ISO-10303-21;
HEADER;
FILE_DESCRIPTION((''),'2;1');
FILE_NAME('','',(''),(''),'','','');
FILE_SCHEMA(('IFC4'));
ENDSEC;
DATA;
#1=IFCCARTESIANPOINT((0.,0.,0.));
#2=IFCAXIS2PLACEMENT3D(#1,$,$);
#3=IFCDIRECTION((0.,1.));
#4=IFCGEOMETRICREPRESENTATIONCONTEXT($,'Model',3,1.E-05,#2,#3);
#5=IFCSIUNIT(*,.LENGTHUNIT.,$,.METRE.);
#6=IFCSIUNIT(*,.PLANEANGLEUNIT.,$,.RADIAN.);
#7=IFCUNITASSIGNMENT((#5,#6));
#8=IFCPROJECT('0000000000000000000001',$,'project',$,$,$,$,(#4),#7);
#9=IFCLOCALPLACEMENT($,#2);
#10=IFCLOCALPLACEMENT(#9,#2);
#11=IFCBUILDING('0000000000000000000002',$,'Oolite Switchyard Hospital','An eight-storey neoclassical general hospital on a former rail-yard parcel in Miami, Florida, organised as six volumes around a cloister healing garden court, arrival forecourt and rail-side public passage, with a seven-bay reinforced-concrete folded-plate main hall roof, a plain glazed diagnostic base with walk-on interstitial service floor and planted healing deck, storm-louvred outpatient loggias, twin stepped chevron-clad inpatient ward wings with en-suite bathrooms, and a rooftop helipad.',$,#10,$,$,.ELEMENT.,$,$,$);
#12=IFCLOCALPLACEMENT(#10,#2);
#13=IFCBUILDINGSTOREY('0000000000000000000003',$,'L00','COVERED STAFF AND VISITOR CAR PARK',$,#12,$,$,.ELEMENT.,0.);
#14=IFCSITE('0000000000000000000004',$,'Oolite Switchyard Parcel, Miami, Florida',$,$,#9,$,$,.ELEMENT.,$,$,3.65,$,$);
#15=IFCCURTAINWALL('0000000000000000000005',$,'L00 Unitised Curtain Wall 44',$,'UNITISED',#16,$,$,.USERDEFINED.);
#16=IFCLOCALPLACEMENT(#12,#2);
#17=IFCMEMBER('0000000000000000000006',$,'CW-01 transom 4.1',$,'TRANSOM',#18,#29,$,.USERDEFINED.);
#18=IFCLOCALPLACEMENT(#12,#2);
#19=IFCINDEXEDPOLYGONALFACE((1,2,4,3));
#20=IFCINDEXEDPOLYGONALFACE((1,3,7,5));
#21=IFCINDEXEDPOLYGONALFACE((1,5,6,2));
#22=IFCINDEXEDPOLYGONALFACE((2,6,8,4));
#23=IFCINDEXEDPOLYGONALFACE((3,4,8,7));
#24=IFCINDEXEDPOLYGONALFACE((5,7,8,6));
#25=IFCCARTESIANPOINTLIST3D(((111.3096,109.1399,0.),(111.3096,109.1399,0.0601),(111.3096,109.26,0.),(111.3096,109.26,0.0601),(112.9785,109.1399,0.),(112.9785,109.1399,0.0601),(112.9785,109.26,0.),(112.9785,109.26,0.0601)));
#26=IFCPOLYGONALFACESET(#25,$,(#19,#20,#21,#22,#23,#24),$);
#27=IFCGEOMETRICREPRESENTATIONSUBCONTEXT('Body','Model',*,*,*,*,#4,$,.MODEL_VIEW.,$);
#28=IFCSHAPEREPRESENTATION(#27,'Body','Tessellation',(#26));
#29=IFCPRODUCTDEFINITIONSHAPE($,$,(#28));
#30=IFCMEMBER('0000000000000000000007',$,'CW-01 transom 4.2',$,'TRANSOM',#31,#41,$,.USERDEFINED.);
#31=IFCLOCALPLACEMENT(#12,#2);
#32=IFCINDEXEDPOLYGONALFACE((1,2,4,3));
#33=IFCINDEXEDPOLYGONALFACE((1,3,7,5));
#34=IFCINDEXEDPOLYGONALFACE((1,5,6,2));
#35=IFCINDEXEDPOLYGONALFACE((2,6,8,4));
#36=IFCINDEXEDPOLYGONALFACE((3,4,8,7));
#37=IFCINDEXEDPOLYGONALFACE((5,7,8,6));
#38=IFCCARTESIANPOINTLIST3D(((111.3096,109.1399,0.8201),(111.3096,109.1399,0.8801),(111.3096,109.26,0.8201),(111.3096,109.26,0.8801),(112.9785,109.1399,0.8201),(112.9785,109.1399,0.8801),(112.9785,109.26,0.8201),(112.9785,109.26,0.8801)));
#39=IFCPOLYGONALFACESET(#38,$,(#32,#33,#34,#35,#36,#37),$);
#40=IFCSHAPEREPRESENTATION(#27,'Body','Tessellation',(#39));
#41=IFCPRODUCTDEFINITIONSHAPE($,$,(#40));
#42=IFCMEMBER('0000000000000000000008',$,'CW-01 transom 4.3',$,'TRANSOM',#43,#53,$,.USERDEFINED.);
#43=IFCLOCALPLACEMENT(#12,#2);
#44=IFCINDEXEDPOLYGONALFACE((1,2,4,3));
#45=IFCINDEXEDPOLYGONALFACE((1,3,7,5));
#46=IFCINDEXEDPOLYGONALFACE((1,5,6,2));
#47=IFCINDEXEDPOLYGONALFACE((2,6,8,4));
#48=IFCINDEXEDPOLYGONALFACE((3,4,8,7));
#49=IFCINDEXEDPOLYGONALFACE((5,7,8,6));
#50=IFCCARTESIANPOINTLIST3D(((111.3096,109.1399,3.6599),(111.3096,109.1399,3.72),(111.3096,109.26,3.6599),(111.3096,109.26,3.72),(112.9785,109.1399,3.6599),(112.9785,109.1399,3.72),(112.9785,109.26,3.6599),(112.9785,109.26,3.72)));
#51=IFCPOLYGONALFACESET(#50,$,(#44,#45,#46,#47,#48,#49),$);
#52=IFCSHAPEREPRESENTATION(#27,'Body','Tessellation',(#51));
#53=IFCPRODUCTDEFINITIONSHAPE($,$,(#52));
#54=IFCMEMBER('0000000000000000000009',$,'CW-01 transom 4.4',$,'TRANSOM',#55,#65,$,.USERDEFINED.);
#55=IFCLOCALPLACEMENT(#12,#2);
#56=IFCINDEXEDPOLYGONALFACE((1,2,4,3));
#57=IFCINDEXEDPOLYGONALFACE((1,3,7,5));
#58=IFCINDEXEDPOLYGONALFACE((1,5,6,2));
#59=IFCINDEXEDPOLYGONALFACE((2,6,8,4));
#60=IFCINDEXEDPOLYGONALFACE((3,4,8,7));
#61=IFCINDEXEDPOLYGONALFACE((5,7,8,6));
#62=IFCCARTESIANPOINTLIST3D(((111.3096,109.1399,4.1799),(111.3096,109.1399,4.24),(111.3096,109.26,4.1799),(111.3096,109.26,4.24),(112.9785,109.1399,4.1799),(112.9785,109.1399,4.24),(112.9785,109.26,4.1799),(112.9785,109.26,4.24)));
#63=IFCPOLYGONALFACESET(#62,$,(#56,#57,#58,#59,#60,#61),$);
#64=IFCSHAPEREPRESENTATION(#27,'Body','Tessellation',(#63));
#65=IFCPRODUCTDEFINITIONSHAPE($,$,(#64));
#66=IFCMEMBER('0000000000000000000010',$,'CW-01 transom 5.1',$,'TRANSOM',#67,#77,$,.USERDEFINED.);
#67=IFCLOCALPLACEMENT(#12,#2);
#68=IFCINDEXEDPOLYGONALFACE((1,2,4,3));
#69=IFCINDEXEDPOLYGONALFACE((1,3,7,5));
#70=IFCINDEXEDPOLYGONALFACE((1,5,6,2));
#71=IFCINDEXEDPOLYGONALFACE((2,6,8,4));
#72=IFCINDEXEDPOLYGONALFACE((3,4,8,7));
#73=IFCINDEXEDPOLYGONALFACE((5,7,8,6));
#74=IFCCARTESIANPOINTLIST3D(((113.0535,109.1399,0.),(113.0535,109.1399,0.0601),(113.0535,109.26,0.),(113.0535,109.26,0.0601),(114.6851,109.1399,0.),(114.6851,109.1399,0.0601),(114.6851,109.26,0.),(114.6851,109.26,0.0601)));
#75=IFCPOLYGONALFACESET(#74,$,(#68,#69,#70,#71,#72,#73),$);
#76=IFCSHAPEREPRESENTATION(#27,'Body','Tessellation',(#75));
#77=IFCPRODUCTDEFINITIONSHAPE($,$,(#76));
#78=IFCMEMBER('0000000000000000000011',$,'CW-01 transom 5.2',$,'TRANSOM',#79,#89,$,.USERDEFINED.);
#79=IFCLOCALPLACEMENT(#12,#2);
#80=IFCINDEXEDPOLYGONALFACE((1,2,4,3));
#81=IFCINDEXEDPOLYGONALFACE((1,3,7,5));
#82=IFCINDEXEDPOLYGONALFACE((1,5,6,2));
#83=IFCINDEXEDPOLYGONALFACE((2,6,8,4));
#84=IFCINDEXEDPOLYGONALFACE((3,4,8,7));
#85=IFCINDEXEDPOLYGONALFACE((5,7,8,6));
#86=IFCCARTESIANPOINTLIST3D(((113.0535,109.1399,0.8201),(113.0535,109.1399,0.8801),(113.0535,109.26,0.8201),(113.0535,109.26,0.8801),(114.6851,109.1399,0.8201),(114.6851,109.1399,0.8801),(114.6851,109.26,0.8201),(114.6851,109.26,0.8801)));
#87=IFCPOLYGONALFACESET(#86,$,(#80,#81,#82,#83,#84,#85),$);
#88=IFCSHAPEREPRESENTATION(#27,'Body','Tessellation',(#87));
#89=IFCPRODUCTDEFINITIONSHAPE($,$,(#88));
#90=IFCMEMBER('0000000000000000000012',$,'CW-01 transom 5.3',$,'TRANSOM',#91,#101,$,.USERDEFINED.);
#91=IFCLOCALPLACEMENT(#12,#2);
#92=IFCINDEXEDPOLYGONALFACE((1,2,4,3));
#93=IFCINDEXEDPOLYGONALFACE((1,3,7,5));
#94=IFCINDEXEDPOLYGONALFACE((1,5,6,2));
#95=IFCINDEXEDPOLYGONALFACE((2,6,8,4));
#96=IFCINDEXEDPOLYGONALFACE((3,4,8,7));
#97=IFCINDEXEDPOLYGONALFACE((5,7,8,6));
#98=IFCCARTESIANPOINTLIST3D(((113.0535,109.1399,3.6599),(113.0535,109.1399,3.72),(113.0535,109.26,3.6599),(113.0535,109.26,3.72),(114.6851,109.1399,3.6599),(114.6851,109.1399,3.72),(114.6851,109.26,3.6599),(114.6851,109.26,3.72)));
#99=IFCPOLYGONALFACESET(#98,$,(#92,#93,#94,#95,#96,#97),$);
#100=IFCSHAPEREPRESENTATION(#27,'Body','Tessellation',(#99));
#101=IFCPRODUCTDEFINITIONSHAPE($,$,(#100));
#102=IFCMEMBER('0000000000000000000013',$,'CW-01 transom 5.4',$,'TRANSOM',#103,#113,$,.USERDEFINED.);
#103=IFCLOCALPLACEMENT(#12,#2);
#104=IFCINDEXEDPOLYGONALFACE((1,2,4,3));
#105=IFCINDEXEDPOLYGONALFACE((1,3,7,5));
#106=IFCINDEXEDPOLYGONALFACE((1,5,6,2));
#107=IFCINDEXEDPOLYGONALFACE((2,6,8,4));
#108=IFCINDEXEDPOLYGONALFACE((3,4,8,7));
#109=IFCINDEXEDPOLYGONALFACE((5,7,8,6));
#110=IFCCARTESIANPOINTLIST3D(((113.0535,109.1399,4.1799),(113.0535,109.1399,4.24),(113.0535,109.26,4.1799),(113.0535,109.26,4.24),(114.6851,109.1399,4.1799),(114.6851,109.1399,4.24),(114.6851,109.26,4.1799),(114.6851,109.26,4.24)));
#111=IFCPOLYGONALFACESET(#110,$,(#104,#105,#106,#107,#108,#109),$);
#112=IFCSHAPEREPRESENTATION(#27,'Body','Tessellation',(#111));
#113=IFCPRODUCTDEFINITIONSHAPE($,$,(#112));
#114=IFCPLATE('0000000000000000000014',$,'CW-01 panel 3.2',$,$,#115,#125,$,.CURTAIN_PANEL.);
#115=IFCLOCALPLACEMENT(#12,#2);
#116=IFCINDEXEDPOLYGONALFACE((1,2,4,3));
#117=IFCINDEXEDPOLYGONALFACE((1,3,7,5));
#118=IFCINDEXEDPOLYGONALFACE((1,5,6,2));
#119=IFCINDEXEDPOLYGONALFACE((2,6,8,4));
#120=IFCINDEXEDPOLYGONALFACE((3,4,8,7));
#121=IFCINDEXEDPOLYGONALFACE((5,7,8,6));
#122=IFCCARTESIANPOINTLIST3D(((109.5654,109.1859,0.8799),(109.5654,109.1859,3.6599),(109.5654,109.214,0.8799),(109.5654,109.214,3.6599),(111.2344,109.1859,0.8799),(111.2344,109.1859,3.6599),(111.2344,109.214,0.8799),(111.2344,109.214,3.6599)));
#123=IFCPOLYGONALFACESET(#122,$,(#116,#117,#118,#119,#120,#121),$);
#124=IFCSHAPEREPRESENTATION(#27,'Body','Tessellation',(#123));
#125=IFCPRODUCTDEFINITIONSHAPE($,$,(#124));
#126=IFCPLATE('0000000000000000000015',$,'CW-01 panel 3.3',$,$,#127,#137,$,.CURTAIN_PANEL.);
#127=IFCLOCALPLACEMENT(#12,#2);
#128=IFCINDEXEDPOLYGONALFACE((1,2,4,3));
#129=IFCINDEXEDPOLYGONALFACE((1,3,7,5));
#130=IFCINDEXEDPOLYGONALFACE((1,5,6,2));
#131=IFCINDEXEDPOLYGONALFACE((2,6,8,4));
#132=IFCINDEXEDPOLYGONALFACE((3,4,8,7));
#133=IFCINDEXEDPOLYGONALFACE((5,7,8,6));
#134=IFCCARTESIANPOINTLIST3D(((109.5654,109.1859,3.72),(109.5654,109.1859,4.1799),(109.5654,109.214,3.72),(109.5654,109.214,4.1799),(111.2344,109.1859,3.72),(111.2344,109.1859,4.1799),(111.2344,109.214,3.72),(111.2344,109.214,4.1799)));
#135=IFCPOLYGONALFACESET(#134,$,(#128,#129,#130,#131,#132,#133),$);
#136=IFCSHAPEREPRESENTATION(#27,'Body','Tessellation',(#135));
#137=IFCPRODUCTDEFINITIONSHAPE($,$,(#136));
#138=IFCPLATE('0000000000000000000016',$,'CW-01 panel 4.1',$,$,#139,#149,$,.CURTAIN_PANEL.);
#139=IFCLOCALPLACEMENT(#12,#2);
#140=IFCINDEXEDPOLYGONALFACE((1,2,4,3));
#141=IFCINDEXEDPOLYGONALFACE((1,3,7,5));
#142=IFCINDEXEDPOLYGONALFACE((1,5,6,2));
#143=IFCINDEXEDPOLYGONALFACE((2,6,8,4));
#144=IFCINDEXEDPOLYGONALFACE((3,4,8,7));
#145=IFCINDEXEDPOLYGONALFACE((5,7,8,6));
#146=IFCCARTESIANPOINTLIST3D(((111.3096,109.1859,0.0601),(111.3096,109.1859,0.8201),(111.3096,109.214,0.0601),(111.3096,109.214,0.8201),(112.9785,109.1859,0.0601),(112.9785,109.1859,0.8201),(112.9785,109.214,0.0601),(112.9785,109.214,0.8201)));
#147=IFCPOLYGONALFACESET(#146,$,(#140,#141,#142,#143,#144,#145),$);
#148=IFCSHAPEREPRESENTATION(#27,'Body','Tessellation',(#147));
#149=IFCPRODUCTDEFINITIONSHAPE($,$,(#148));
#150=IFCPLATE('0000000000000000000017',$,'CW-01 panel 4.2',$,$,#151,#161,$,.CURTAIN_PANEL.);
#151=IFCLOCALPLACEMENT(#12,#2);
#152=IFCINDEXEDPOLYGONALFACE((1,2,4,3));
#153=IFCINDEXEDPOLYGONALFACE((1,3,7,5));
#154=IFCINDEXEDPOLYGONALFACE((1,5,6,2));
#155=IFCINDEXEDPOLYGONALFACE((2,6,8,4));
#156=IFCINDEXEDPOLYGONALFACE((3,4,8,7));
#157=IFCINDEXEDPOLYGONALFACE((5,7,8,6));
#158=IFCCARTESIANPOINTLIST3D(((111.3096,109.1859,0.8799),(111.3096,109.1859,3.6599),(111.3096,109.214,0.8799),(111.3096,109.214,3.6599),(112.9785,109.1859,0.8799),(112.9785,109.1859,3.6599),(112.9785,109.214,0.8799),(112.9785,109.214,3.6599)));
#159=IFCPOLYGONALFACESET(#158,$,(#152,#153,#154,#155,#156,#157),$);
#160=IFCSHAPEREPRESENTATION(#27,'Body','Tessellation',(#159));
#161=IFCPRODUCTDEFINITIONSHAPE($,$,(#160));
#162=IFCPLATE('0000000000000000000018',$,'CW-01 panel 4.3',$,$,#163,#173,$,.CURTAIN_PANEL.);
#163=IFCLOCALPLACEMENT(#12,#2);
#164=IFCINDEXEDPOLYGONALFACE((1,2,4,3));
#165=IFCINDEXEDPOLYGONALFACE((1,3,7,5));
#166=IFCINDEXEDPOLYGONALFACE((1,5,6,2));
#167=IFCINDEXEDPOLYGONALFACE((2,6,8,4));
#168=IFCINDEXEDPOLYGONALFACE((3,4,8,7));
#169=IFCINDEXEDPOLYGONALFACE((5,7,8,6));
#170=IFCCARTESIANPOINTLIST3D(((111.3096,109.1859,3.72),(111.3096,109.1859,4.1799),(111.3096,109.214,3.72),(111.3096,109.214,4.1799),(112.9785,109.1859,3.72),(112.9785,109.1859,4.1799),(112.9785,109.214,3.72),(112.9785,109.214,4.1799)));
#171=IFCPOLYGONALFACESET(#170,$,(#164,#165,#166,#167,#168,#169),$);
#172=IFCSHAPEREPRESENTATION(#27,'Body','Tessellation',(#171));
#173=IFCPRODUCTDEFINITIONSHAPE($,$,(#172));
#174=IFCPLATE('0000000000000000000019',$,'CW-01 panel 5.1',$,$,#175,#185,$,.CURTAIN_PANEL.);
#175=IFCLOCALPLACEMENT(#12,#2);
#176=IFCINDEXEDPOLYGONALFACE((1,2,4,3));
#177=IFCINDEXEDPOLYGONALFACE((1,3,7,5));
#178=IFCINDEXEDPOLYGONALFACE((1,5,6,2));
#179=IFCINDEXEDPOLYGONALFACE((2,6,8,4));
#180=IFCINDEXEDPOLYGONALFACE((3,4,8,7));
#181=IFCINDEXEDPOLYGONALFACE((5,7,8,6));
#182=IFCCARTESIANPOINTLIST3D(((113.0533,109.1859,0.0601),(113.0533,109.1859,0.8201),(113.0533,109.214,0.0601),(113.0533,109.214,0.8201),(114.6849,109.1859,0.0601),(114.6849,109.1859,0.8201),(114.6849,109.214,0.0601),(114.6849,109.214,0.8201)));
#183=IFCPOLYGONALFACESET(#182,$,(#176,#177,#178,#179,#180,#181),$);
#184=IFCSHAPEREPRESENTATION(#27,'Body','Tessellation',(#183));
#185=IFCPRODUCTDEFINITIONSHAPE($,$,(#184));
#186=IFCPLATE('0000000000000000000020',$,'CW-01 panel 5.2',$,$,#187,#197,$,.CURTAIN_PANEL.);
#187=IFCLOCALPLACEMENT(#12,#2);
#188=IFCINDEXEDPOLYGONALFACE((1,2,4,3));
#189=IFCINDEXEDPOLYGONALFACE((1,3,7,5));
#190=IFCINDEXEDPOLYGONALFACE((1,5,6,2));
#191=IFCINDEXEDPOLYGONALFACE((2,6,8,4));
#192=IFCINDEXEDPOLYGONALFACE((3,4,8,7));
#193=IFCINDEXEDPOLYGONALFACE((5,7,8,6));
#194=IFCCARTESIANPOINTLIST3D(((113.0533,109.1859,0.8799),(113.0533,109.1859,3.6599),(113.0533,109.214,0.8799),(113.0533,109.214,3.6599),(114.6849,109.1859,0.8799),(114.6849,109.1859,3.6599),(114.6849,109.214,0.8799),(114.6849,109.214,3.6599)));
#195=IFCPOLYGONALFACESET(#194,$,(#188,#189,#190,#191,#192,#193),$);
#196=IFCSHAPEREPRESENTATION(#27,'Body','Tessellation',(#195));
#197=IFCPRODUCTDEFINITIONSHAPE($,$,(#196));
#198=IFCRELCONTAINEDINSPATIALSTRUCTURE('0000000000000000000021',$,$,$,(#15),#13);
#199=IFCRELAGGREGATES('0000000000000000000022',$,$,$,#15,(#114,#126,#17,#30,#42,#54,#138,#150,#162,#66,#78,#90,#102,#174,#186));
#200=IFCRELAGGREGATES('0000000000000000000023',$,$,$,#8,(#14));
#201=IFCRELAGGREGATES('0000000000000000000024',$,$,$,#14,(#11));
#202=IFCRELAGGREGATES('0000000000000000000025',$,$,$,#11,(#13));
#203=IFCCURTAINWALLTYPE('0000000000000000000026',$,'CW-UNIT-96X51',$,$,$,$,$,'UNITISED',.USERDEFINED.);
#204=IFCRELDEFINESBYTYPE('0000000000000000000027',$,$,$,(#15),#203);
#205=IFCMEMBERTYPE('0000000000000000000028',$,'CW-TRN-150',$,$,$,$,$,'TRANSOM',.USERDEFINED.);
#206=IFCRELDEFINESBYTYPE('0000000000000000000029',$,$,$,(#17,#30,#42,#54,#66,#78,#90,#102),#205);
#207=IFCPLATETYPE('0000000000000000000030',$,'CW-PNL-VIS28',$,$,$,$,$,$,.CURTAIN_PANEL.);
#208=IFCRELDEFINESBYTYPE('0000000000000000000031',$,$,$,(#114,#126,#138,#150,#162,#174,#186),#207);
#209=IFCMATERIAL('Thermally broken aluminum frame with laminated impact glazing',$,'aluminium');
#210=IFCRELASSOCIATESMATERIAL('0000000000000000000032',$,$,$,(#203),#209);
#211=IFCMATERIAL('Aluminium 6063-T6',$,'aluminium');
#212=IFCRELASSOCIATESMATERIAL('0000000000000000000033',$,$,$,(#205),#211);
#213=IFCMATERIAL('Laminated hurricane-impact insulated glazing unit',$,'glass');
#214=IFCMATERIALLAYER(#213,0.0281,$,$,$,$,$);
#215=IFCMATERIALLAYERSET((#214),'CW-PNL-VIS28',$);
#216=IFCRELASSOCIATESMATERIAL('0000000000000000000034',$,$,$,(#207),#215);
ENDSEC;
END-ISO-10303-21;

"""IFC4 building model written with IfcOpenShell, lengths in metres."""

from ifc_helpers import new_model, si_unit, direction, frame, origin, origin_2d, place, context, subcontext, project, spatial, rectangle, extrude, material, layer, layer_set, material_profile, profile_set, type_object, element, aggregate, save


model = new_model("IFC4")

# Units and contexts
model_context = context("Model", 3, precision=1e-05, world=origin(), true_north=direction((0.0, 1.0)))
body_context = subcontext(model_context, "Body", "Model", "MODEL_VIEW")
ifc_project = project(units=[si_unit("LENGTHUNIT", "METRE"), si_unit("PLANEANGLEUNIT", "RADIAN")], contexts=[model_context])

# Site, building, storey
site_placement = place(None, origin())
site = spatial("IfcSite", under=ifc_project, at=site_placement, Name="Oolite Switchyard Parcel, Miami, Florida", CompositionType="ELEMENT", RefElevation=3.65)
building_placement = place(site_placement, origin())
building = spatial("IfcBuilding", under=site, at=building_placement, Name="Oolite Switchyard Hospital", Description="An eight-storey neoclassical general hospital on a former rail-yard parcel in Miami, Florida, organised as six volumes around a cloister healing garden court, arrival forecourt and rail-side public passage, with a seven-bay reinforced-concrete folded-plate main hall roof, a plain glazed diagnostic base with walk-on interstitial service floor and planted healing deck, storm-louvred outpatient loggias, twin stepped chevron-clad inpatient ward wings with en-suite bathrooms, and a rooftop helipad.", CompositionType="ELEMENT")
storey_placement = place(building_placement, origin())
storey = spatial("IfcBuildingStorey", under=building, at=storey_placement, Name="L00", Description="COVERED STAFF AND VISITOR CAR PARK", CompositionType="ELEMENT", Elevation=0.0)

# Curtain wall, members, plates
ifc_material_1 = material(Name="Thermally broken aluminum frame with laminated impact glazing", Category="aluminium")
curtain_wall_type = type_object("IfcCurtainWallType", Name="CW-UNIT-96X51", ElementType="UNITISED", PredefinedType="USERDEFINED", material=ifc_material_1)
curtain_wall_placement = place(storey_placement, origin())
curtain_wall = element("IfcCurtainWall", 1, at=curtain_wall_placement, inside=storey, type_object=curtain_wall_type, Name="L00 Unitised Curtain Wall 44", ObjectType="UNITISED", PredefinedType="USERDEFINED")
ifc_material_2 = material(Name="Aluminium 6063-T6", Category="aluminium")
ifc_material_profile_1 = material_profile(ifc_material_2, rectangle(XDim=0.1201, YDim=0.0601, at=origin_2d()), Name="CWT60X120")
ifc_profile_set_1 = profile_set([ifc_material_profile_1], Name="Aluminium 6063-T6")
member_type_1 = type_object("IfcMemberType", Name="CW-TRN-150", ElementType="TRANSOM", PredefinedType="USERDEFINED", material=ifc_profile_set_1)
member_1_placement = place(storey_placement, frame((111.3096, 109.2, 0.03), z_axis=(1.0, 0.0, 0.0), x_axis=(0.0, 1.0, 0.0)))
member_1 = element("IfcMember", 2, at=member_1_placement, type_object=member_type_1, Name="CW-01 transom 4.1", ObjectType="TRANSOM", PredefinedType="USERDEFINED", context=body_context, shape_type="SweptSolid", body=[
    extrude(rectangle(XDim=0.1201, YDim=0.0601, at=origin_2d()), origin(), (0.0, 0.0, 1.0), 1.6689),
])
member_2_placement = place(storey_placement, frame((111.3096, 109.2, 0.8501), z_axis=(1.0, 0.0, 0.0), x_axis=(0.0, 1.0, 0.0)))
member_2 = element("IfcMember", 3, at=member_2_placement, type_object=member_type_1, Name="CW-01 transom 4.2", ObjectType="TRANSOM", PredefinedType="USERDEFINED", context=body_context, shape_type="SweptSolid", body=[
    extrude(rectangle(XDim=0.1201, YDim=0.0601, at=origin_2d()), origin(), (0.0, 0.0, 1.0), 1.6689),
])
member_3_placement = place(storey_placement, frame((111.3096, 109.2, 3.6899), z_axis=(1.0, 0.0, 0.0), x_axis=(0.0, 1.0, 0.0)))
member_3 = element("IfcMember", 4, at=member_3_placement, type_object=member_type_1, Name="CW-01 transom 4.3", ObjectType="TRANSOM", PredefinedType="USERDEFINED", context=body_context, shape_type="SweptSolid", body=[
    extrude(rectangle(XDim=0.1201, YDim=0.0601, at=origin_2d()), origin(), (0.0, 0.0, 1.0), 1.6689),
])
member_4_placement = place(storey_placement, frame((111.3096, 109.2, 4.21), z_axis=(1.0, 0.0, 0.0), x_axis=(0.0, 1.0, 0.0)))
member_4 = element("IfcMember", 5, at=member_4_placement, type_object=member_type_1, Name="CW-01 transom 4.4", ObjectType="TRANSOM", PredefinedType="USERDEFINED", context=body_context, shape_type="SweptSolid", body=[
    extrude(rectangle(XDim=0.1201, YDim=0.0601, at=origin_2d()), origin(), (0.0, 0.0, 1.0), 1.6689),
])
member_5_placement = place(storey_placement, frame((113.0535, 109.2, 0.03), z_axis=(1.0, 0.0, 0.0), x_axis=(0.0, 1.0, 0.0)))
member_5 = element("IfcMember", 6, at=member_5_placement, type_object=member_type_1, Name="CW-01 transom 5.1", ObjectType="TRANSOM", PredefinedType="USERDEFINED", context=body_context, shape_type="SweptSolid", body=[
    extrude(rectangle(XDim=0.1201, YDim=0.0601, at=origin_2d()), origin(), (0.0, 0.0, 1.0), 1.6316),
])
member_6_placement = place(storey_placement, frame((113.0535, 109.2, 0.8501), z_axis=(1.0, 0.0, 0.0), x_axis=(0.0, 1.0, 0.0)))
member_6 = element("IfcMember", 7, at=member_6_placement, type_object=member_type_1, Name="CW-01 transom 5.2", ObjectType="TRANSOM", PredefinedType="USERDEFINED", context=body_context, shape_type="SweptSolid", body=[
    extrude(rectangle(XDim=0.1201, YDim=0.0601, at=origin_2d()), origin(), (0.0, 0.0, 1.0), 1.6316),
])
member_7_placement = place(storey_placement, frame((113.0535, 109.2, 3.6899), z_axis=(1.0, 0.0, 0.0), x_axis=(0.0, 1.0, 0.0)))
member_7 = element("IfcMember", 8, at=member_7_placement, type_object=member_type_1, Name="CW-01 transom 5.3", ObjectType="TRANSOM", PredefinedType="USERDEFINED", context=body_context, shape_type="SweptSolid", body=[
    extrude(rectangle(XDim=0.1201, YDim=0.0601, at=origin_2d()), origin(), (0.0, 0.0, 1.0), 1.6316),
])
member_8_placement = place(storey_placement, frame((113.0535, 109.2, 4.21), z_axis=(1.0, 0.0, 0.0), x_axis=(0.0, 1.0, 0.0)))
member_8 = element("IfcMember", 9, at=member_8_placement, type_object=member_type_1, Name="CW-01 transom 5.4", ObjectType="TRANSOM", PredefinedType="USERDEFINED", context=body_context, shape_type="SweptSolid", body=[
    extrude(rectangle(XDim=0.1201, YDim=0.0601, at=origin_2d()), origin(), (0.0, 0.0, 1.0), 1.6316),
])
ifc_material_3 = material(Name="Laminated hurricane-impact insulated glazing unit", Category="glass")
ifc_layer_1 = layer(ifc_material_3, 0.0281)
ifc_layer_set_1 = layer_set([ifc_layer_1], Name="CW-PNL-VIS28")
plate_type = type_object("IfcPlateType", Name="CW-PNL-VIS28", PredefinedType="CURTAIN_PANEL", material=ifc_layer_set_1)
plate_1_placement = place(storey_placement, frame((110.3999, 109.2, 0.8799), z_axis=(0.0, 0.0, 1.0), x_axis=(1.0, 0.0, 0.0)))
plate_1 = element("IfcPlate", 10, at=plate_1_placement, type_object=plate_type, Name="CW-01 panel 3.2", PredefinedType="CURTAIN_PANEL", context=body_context, shape_type="SweptSolid", body=[
    extrude(rectangle(XDim=1.6689, YDim=0.0281, at=origin_2d()), origin(), (0.0, 0.0, 1.0), 2.78),
])
plate_2_placement = place(storey_placement, frame((110.3999, 109.2, 3.72), z_axis=(0.0, 0.0, 1.0), x_axis=(1.0, 0.0, 0.0)))
plate_2 = element("IfcPlate", 11, at=plate_2_placement, type_object=plate_type, Name="CW-01 panel 3.3", PredefinedType="CURTAIN_PANEL", context=body_context, shape_type="SweptSolid", body=[
    extrude(rectangle(XDim=1.6689, YDim=0.0281, at=origin_2d()), origin(), (0.0, 0.0, 1.0), 0.46),
])
plate_3_placement = place(storey_placement, frame((112.144, 109.2, 0.0601), z_axis=(0.0, 0.0, 1.0), x_axis=(1.0, 0.0, 0.0)))
plate_3 = element("IfcPlate", 12, at=plate_3_placement, type_object=plate_type, Name="CW-01 panel 4.1", PredefinedType="CURTAIN_PANEL", context=body_context, shape_type="SweptSolid", body=[
    extrude(rectangle(XDim=1.6689, YDim=0.0281, at=origin_2d()), origin(), (0.0, 0.0, 1.0), 0.76),
])
plate_4_placement = place(storey_placement, frame((112.144, 109.2, 0.8799), z_axis=(0.0, 0.0, 1.0), x_axis=(1.0, 0.0, 0.0)))
plate_4 = element("IfcPlate", 13, at=plate_4_placement, type_object=plate_type, Name="CW-01 panel 4.2", PredefinedType="CURTAIN_PANEL", context=body_context, shape_type="SweptSolid", body=[
    extrude(rectangle(XDim=1.6689, YDim=0.0281, at=origin_2d()), origin(), (0.0, 0.0, 1.0), 2.78),
])
plate_5_placement = place(storey_placement, frame((112.144, 109.2, 3.72), z_axis=(0.0, 0.0, 1.0), x_axis=(1.0, 0.0, 0.0)))
plate_5 = element("IfcPlate", 14, at=plate_5_placement, type_object=plate_type, Name="CW-01 panel 4.3", PredefinedType="CURTAIN_PANEL", context=body_context, shape_type="SweptSolid", body=[
    extrude(rectangle(XDim=1.6689, YDim=0.0281, at=origin_2d()), origin(), (0.0, 0.0, 1.0), 0.46),
])
plate_6_placement = place(storey_placement, frame((113.8691, 109.2, 0.0601), z_axis=(0.0, 0.0, 1.0), x_axis=(1.0, 0.0, 0.0)))
plate_6 = element("IfcPlate", 15, at=plate_6_placement, type_object=plate_type, Name="CW-01 panel 5.1", PredefinedType="CURTAIN_PANEL", context=body_context, shape_type="SweptSolid", body=[
    extrude(rectangle(XDim=1.6316, YDim=0.0281, at=origin_2d()), origin(), (0.0, 0.0, 1.0), 0.76),
])
plate_7_placement = place(storey_placement, frame((113.8691, 109.2, 0.8799), z_axis=(0.0, 0.0, 1.0), x_axis=(1.0, 0.0, 0.0)))
plate_7 = element("IfcPlate", 16, at=plate_7_placement, type_object=plate_type, Name="CW-01 panel 5.2", PredefinedType="CURTAIN_PANEL", context=body_context, shape_type="SweptSolid", body=[
    extrude(rectangle(XDim=1.6316, YDim=0.0281, at=origin_2d()), origin(), (0.0, 0.0, 1.0), 2.78),
])
aggregate(curtain_wall, [plate_1, plate_2, member_1, member_2, member_3, member_4, plate_3, plate_4, plate_5, member_5, member_6, member_7, member_8, plate_6, plate_7])

save(model, "model.ifc")
